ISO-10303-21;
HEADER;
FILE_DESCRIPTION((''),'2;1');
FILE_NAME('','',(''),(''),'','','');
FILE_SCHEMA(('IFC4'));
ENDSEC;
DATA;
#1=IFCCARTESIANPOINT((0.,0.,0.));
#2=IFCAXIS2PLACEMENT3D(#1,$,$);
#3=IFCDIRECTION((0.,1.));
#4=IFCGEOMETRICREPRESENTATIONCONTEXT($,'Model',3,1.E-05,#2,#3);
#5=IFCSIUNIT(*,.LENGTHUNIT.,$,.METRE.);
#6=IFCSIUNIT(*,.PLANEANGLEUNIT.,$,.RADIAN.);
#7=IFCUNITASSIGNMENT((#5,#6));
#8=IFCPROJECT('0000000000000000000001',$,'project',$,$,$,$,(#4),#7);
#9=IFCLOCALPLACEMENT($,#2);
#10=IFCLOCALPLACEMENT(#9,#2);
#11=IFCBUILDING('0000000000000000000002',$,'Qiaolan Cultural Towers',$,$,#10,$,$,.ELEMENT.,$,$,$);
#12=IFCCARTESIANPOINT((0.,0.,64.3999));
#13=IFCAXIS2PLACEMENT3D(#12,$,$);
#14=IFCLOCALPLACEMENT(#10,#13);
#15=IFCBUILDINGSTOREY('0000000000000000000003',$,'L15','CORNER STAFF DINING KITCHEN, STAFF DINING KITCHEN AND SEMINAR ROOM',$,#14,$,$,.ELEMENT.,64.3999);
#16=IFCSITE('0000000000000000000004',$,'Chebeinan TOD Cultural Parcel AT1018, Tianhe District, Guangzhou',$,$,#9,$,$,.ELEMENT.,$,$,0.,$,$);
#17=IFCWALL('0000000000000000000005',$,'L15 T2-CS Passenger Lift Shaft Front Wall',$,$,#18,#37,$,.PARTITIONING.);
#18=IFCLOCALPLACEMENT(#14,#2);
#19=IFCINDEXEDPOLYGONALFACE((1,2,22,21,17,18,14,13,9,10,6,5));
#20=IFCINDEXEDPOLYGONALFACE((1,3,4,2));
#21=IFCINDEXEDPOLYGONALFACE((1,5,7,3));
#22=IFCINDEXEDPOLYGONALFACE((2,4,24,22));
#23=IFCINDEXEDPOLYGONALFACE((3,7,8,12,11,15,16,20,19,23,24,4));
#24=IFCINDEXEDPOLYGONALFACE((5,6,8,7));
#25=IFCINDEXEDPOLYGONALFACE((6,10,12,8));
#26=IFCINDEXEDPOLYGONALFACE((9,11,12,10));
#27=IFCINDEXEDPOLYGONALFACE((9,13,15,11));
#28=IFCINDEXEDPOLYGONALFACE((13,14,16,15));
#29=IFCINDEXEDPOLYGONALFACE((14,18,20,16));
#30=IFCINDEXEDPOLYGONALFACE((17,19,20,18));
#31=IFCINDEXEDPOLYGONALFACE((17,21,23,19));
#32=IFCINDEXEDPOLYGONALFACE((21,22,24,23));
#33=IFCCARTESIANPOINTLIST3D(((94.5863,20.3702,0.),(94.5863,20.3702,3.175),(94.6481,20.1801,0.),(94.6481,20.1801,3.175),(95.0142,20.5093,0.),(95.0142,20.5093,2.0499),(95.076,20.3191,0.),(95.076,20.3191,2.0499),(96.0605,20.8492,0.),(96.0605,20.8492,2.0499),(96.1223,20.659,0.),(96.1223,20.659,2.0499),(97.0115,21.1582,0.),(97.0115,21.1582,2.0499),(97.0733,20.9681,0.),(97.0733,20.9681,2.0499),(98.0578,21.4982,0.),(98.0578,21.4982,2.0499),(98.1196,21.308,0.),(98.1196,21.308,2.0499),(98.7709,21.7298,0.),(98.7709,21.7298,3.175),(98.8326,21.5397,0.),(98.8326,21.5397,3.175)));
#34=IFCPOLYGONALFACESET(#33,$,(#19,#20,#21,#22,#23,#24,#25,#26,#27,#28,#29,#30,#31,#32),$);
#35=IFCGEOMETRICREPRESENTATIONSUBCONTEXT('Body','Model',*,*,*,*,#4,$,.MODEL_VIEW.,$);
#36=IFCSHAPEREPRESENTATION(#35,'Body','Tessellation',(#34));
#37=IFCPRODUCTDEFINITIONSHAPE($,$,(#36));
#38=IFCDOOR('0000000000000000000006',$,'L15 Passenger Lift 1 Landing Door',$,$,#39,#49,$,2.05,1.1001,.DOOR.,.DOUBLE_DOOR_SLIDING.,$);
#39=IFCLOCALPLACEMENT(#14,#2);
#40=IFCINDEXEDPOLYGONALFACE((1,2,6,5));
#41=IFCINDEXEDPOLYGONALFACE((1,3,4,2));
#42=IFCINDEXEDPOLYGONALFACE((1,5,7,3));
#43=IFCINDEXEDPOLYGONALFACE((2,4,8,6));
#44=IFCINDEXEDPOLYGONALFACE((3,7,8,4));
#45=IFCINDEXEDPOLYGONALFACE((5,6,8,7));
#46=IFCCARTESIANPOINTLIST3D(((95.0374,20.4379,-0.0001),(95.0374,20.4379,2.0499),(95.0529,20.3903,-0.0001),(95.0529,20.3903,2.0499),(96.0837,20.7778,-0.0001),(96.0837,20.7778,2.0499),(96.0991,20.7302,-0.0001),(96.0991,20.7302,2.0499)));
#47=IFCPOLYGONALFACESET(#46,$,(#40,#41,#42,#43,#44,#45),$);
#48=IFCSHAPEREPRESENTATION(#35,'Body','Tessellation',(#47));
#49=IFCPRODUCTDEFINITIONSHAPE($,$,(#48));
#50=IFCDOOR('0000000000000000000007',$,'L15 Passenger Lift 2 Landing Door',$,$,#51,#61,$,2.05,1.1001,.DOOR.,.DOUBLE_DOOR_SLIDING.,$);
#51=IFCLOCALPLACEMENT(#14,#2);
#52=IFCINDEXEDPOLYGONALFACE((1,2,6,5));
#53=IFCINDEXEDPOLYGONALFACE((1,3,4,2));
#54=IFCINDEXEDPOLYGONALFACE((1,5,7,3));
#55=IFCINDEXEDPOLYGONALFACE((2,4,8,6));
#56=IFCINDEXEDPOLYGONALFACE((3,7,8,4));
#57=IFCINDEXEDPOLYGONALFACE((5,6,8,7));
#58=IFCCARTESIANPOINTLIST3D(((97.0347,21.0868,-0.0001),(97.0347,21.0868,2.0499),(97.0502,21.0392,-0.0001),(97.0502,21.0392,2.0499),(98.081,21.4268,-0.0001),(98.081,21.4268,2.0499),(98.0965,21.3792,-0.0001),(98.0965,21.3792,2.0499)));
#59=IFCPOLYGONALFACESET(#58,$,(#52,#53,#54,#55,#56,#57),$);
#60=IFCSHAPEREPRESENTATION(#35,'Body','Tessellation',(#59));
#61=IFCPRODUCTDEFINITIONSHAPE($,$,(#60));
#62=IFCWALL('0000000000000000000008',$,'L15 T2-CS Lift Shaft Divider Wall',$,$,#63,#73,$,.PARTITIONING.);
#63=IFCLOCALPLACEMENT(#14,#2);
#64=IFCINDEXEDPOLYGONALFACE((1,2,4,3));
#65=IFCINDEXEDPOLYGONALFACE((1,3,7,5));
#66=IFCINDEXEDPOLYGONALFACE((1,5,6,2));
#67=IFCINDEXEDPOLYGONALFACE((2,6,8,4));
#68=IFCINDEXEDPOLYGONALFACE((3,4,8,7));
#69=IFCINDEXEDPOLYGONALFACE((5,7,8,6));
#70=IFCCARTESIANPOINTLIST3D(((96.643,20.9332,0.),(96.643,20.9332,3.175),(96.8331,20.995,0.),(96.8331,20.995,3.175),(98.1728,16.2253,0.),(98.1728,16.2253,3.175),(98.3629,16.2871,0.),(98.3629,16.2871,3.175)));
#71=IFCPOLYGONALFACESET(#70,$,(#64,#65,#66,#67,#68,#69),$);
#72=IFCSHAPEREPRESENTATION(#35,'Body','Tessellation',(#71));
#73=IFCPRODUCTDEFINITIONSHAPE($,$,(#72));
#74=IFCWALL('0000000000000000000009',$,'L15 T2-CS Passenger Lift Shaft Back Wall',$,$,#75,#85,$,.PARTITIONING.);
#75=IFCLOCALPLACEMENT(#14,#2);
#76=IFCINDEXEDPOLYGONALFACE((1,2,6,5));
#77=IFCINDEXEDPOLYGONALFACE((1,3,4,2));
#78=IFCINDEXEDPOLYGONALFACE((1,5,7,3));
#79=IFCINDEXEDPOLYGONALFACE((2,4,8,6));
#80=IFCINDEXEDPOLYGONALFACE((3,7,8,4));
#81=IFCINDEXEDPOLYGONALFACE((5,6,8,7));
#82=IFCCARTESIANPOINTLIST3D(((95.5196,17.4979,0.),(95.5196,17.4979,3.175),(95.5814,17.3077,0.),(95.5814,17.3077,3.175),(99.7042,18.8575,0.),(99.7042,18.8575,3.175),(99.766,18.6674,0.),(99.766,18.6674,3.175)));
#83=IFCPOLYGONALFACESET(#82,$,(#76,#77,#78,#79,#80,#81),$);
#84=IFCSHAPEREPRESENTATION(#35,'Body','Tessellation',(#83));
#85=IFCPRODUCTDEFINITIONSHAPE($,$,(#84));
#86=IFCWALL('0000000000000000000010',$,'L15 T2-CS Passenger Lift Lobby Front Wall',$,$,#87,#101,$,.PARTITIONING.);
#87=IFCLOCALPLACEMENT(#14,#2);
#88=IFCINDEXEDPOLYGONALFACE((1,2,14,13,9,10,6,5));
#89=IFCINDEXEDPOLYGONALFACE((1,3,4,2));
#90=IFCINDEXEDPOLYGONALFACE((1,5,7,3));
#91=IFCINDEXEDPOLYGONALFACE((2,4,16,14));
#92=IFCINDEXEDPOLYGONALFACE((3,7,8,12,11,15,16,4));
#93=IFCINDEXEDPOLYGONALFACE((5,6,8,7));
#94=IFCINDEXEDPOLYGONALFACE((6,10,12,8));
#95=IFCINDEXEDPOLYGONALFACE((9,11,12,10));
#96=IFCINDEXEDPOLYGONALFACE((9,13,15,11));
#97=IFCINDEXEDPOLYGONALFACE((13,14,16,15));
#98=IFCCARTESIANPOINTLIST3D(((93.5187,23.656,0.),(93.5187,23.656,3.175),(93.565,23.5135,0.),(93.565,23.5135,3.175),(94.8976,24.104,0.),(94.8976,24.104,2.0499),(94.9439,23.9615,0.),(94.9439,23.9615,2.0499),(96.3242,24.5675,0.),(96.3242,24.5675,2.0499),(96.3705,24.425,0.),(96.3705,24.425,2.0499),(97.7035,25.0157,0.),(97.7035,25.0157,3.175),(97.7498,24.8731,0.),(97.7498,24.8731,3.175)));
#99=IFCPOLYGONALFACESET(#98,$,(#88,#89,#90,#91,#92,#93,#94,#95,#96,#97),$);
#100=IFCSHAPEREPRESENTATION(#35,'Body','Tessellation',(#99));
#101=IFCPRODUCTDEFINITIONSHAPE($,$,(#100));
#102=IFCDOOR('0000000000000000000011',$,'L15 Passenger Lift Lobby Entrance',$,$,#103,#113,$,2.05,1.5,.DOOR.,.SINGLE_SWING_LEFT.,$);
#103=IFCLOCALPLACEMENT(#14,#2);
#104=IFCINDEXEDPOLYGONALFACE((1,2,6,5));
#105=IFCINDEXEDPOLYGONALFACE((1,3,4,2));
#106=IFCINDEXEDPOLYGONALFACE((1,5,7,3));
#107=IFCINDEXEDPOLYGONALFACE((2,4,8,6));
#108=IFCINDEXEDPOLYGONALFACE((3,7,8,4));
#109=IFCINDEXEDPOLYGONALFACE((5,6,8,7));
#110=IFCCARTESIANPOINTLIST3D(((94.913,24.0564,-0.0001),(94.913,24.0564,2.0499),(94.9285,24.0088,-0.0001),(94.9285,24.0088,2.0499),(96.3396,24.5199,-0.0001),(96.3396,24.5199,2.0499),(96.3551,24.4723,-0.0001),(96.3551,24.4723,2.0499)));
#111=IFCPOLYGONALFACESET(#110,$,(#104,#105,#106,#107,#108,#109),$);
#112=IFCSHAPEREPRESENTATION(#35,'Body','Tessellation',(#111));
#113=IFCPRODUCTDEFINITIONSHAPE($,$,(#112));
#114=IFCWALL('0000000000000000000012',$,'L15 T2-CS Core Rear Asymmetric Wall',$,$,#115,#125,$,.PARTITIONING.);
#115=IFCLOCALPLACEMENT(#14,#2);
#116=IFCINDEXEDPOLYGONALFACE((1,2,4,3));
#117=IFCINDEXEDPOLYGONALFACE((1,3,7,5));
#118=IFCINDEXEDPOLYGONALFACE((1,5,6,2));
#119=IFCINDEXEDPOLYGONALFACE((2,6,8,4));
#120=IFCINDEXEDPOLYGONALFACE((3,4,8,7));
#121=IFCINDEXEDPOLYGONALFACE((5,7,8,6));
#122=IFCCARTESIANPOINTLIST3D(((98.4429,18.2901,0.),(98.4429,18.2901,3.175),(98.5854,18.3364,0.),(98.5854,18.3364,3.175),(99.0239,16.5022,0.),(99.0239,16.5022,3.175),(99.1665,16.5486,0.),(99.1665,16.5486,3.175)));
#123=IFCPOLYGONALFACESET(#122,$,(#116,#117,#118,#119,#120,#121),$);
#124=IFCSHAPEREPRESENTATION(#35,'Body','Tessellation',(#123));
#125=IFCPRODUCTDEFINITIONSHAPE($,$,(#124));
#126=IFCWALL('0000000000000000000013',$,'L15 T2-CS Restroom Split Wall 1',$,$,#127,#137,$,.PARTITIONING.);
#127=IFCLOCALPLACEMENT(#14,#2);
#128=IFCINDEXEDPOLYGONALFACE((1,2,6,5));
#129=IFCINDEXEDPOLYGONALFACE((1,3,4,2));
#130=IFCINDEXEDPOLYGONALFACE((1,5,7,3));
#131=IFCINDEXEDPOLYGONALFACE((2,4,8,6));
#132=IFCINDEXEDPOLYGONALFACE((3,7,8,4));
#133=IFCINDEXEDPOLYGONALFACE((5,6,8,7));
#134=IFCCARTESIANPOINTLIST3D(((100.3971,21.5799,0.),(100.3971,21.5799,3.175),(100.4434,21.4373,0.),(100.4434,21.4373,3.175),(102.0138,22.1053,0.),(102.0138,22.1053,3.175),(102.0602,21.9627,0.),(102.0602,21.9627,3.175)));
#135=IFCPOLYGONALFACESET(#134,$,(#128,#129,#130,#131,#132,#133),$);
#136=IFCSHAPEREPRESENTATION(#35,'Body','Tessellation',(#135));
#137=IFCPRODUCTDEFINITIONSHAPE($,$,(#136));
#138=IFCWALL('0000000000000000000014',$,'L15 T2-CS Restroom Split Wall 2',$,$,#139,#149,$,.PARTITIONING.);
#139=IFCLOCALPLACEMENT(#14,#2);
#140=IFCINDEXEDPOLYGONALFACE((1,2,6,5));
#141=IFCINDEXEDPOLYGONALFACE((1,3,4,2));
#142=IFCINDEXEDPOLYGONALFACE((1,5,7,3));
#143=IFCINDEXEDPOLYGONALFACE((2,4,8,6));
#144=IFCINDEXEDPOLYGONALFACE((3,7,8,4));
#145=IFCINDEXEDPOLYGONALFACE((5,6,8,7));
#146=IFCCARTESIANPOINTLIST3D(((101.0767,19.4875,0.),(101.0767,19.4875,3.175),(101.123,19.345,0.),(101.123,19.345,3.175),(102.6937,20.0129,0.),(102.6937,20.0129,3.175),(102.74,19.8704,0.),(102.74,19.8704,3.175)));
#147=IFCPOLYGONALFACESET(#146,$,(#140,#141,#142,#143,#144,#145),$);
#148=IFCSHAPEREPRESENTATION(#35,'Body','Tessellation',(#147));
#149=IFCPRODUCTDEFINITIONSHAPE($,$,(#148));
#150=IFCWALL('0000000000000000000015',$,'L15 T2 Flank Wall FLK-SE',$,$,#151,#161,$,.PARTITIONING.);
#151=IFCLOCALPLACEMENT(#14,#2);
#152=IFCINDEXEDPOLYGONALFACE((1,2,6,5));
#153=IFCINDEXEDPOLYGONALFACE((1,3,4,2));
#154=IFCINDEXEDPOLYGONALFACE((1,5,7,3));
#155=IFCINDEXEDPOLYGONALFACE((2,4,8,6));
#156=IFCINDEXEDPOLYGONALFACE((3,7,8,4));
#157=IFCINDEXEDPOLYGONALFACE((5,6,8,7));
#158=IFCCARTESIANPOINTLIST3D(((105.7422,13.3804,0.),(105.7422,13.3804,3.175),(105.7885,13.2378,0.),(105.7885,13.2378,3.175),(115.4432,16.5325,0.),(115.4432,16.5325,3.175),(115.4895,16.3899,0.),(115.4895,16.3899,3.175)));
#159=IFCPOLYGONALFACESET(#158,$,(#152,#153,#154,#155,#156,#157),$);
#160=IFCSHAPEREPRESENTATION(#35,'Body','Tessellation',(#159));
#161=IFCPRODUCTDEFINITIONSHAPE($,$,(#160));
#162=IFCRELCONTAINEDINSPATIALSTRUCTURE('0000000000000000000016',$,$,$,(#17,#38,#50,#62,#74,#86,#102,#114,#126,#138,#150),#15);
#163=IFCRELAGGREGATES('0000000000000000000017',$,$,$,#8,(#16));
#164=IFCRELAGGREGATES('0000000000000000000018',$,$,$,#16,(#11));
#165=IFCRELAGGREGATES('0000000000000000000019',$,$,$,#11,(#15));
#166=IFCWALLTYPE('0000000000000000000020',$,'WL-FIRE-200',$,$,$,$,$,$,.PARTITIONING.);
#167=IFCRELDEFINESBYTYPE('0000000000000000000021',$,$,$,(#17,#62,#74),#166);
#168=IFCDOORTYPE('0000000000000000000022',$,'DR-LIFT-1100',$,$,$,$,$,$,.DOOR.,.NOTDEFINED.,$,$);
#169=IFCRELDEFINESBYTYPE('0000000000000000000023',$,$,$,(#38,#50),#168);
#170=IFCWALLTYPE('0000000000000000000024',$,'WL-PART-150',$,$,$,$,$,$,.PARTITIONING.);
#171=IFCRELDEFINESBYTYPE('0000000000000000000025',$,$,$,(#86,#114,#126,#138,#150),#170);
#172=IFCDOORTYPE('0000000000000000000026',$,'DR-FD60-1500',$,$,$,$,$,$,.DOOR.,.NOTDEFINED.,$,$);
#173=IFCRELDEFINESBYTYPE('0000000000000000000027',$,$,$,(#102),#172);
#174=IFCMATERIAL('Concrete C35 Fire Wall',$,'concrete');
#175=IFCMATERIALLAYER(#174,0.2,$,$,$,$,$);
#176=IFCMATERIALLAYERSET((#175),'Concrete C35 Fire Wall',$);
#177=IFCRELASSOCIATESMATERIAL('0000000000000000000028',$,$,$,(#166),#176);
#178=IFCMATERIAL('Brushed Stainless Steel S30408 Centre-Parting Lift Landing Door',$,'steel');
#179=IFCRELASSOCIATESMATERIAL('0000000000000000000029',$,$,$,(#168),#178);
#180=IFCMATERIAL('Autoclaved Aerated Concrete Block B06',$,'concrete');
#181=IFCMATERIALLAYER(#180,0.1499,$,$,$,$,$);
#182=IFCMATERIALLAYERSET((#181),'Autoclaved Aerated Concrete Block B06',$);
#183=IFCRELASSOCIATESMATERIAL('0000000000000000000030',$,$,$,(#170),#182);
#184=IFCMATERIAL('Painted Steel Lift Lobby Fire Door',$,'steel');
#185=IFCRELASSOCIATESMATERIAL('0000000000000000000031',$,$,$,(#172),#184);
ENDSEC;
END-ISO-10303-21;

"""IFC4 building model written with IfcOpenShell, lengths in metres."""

from ifc_helpers import new_model, si_unit, direction, frame, frame_2d, origin, place, context, subcontext, project, spatial, rectangle, extrude, material, layer, layer_set, type_object, element, fill, save


model = new_model("IFC4")

# Units and contexts
model_context = context("Model", 3, precision=1e-05, world=origin(), true_north=direction((0.0, 1.0)))
body_context = subcontext(model_context, "Body", "Model", "MODEL_VIEW")
ifc_project = project(units=[si_unit("LENGTHUNIT", "METRE"), si_unit("PLANEANGLEUNIT", "RADIAN")], contexts=[model_context])

# Site, building, storey
site_placement = place(None, origin())
site = spatial("IfcSite", under=ifc_project, at=site_placement, Name="Chebeinan TOD Cultural Parcel AT1018, Tianhe District, Guangzhou", CompositionType="ELEMENT", RefElevation=0.0)
building_placement = place(site_placement, origin())
building = spatial("IfcBuilding", under=site, at=building_placement, Name="Qiaolan Cultural Towers", CompositionType="ELEMENT")
storey_placement = place(building_placement, frame((0.0, 0.0, 64.3999)))
storey = spatial("IfcBuildingStorey", under=building, at=storey_placement, Name="L15", Description="CORNER STAFF DINING KITCHEN, STAFF DINING KITCHEN AND SEMINAR ROOM", CompositionType="ELEMENT", Elevation=64.3999)

# Shared definitions
ifc_material_1 = material(Name="Concrete C35 Fire Wall", Category="concrete")
ifc_layer_1 = layer(ifc_material_1, 0.2)
ifc_layer_set_1 = layer_set([ifc_layer_1], Name="Concrete C35 Fire Wall")
wall_type_1 = type_object("IfcWallType", Name="WL-FIRE-200", PredefinedType="PARTITIONING", material=ifc_layer_set_1)

# Wall, openings, doors
wall_1_placement = place(storey_placement, frame((94.6172, 20.2751, 0.0), z_axis=(0.0, 0.0, 1.0), x_axis=(0.951059, 0.309011, 0.0)))
wall_1 = element("IfcWall", 1, at=wall_1_placement, inside=storey, type_object=wall_type_1, Name="L15 T2-CS Passenger Lift Shaft Front Wall", PredefinedType="PARTITIONING", context=body_context, shape_type="SweptSolid", body=[
    extrude(rectangle(XDim=4.3999, YDim=0.2, at=frame_2d((2.2, 0.0))), origin(), (0.0, 0.0, 1.0), 3.175),
])
opening_1_placement = place(wall_1_placement, frame((0.45, 0.0, 0.0)))
opening_1 = element("IfcOpeningElement", 2, at=opening_1_placement, cuts=wall_1, PredefinedType="OPENING", context=body_context, shape_type="SweptSolid", body=[
    extrude(rectangle(XDim=1.1001, YDim=2.05, at=frame_2d((0.55, 1.0249))), frame((0.0, 0.1099, 0.0), z_axis=(0.0, -1.0, 0.0), x_axis=(1.0, 0.0, 0.0)), (0.0, 0.0, 1.0), 0.22),
])
opening_2_placement = place(wall_1_placement, frame((2.55, 0.0, 0.0)))
opening_2 = element("IfcOpeningElement", 3, at=opening_2_placement, cuts=wall_1, PredefinedType="OPENING", context=body_context, shape_type="SweptSolid", body=[
    extrude(rectangle(XDim=1.1001, YDim=2.05, at=frame_2d((0.55, 1.0249))), frame((0.0, 0.1099, 0.0), z_axis=(0.0, -1.0, 0.0), x_axis=(1.0, 0.0, 0.0)), (0.0, 0.0, 1.0), 0.22),
])
ifc_material_2 = material(Name="Brushed Stainless Steel S30408 Centre-Parting Lift Landing Door", Category="steel")
door_type_1 = type_object("IfcDoorType", Name="DR-LIFT-1100", OperationType="NOTDEFINED", PredefinedType="DOOR", material=ifc_material_2)
door_1_placement = place(opening_1_placement, origin())
door_1 = element("IfcDoor", 4, at=door_1_placement, inside=storey, type_object=door_type_1, Name="L15 Passenger Lift 1 Landing Door", OperationType="DOUBLE_DOOR_SLIDING", OverallHeight=2.05, OverallWidth=1.1001, PredefinedType="DOOR", context=body_context, shape_type="SweptSolid", body=[
    extrude(rectangle(XDim=1.1001, YDim=2.05, at=frame_2d((0.55, 1.0249))), frame((0.0, 0.0249, 0.0), z_axis=(0.0, -1.0, 0.0), x_axis=(1.0, 0.0, 0.0)), (0.0, 0.0, 1.0), 0.05),
])
fill(opening_1, door_1)
door_2_placement = place(opening_2_placement, origin())
door_2 = element("IfcDoor", 5, at=door_2_placement, inside=storey, type_object=door_type_1, Name="L15 Passenger Lift 2 Landing Door", OperationType="DOUBLE_DOOR_SLIDING", OverallHeight=2.05, OverallWidth=1.1001, PredefinedType="DOOR", context=body_context, shape_type="SweptSolid", body=[
    extrude(rectangle(XDim=1.1001, YDim=2.05, at=frame_2d((0.55, 1.0249))), frame((0.0, 0.0249, 0.0), z_axis=(0.0, -1.0, 0.0), x_axis=(1.0, 0.0, 0.0)), (0.0, 0.0, 1.0), 0.05),
])
fill(opening_2, door_2)

# Walls
wall_2_placement = place(storey_placement, frame((96.738, 20.9641, 0.0), z_axis=(0.0, 0.0, 1.0), x_axis=(0.309043, -0.951048, 0.0)))
element("IfcWall", 6, at=wall_2_placement, inside=storey, type_object=wall_type_1, Name="L15 T2-CS Lift Shaft Divider Wall", PredefinedType="PARTITIONING", context=body_context, shape_type="SweptSolid", body=[
    extrude(rectangle(XDim=4.9502, YDim=0.2, at=frame_2d((2.4751, 0.0))), origin(), (0.0, 0.0, 1.0), 3.175),
])
wall_3_placement = place(storey_placement, frame((95.5505, 17.4028, 0.0), z_axis=(0.0, 0.0, 1.0), x_axis=(0.951059, 0.309011, 0.0)))
element("IfcWall", 7, at=wall_3_placement, inside=storey, type_object=wall_type_1, Name="L15 T2-CS Passenger Lift Shaft Back Wall", PredefinedType="PARTITIONING", context=body_context, shape_type="SweptSolid", body=[
    extrude(rectangle(XDim=4.3999, YDim=0.2, at=frame_2d((2.2, 0.0))), origin(), (0.0, 0.0, 1.0), 3.175),
])

# Wall, opening, door
ifc_material_3 = material(Name="Autoclaved Aerated Concrete Block B06", Category="concrete")
ifc_layer_2 = layer(ifc_material_3, 0.1499)
ifc_layer_set_2 = layer_set([ifc_layer_2], Name="Autoclaved Aerated Concrete Block B06")
wall_type_2 = type_object("IfcWallType", Name="WL-PART-150", PredefinedType="PARTITIONING", material=ifc_layer_set_2)
wall_4_placement = place(storey_placement, frame((93.5417, 23.5847, 0.0), z_axis=(0.0, 0.0, 1.0), x_axis=(0.951064, 0.308994, 0.0)))
wall_4 = element("IfcWall", 8, at=wall_4_placement, inside=storey, type_object=wall_type_2, Name="L15 T2-CS Passenger Lift Lobby Front Wall", PredefinedType="PARTITIONING", context=body_context, shape_type="SweptSolid", body=[
    extrude(rectangle(XDim=4.4001, YDim=0.1499, at=frame_2d((2.2002, 0.0))), origin(), (0.0, 0.0, 1.0), 3.175),
])
opening_3_placement = place(wall_4_placement, frame((1.45, 0.0, 0.0)))
opening_3 = element("IfcOpeningElement", 9, at=opening_3_placement, cuts=wall_4, PredefinedType="OPENING", context=body_context, shape_type="SweptSolid", body=[
    extrude(rectangle(XDim=1.5, YDim=2.05, at=frame_2d((0.75, 1.0249))), frame((0.0, 0.085, 0.0), z_axis=(0.0, -1.0, 0.0), x_axis=(1.0, 0.0, 0.0)), (0.0, 0.0, 1.0), 0.1699),
])
ifc_material_4 = material(Name="Painted Steel Lift Lobby Fire Door", Category="steel")
door_type_2 = type_object("IfcDoorType", Name="DR-FD60-1500", OperationType="NOTDEFINED", PredefinedType="DOOR", material=ifc_material_4)
door_3_placement = place(opening_3_placement, origin())
door_3 = element("IfcDoor", 10, at=door_3_placement, inside=storey, type_object=door_type_2, Name="L15 Passenger Lift Lobby Entrance", OperationType="SINGLE_SWING_LEFT", OverallHeight=2.05, OverallWidth=1.5, PredefinedType="DOOR", context=body_context, shape_type="SweptSolid", body=[
    extrude(rectangle(XDim=1.5, YDim=2.05, at=frame_2d((0.75, 1.0249))), frame((0.0, 0.0249, 0.0), z_axis=(0.0, -1.0, 0.0), x_axis=(1.0, 0.0, 0.0)), (0.0, 0.0, 1.0), 0.05),
])
fill(opening_3, door_3)

# Walls
wall_5_placement = place(storey_placement, frame((98.5142, 18.3132, 0.0), z_axis=(0.0, 0.0, 1.0), x_axis=(0.309089, -0.951033, 0.0)))
element("IfcWall", 11, at=wall_5_placement, inside=storey, type_object=wall_type_2, Name="L15 T2-CS Core Rear Asymmetric Wall", PredefinedType="PARTITIONING", context=body_context, shape_type="SweptSolid", body=[
    extrude(rectangle(XDim=1.8799, YDim=0.1499, at=frame_2d((0.9399, 0.0))), origin(), (0.0, 0.0, 1.0), 3.175),
])
wall_6_placement = place(storey_placement, frame((100.4202, 21.5085, 0.0), z_axis=(0.0, 0.0, 1.0), x_axis=(0.95104, 0.309067, 0.0)))
element("IfcWall", 12, at=wall_6_placement, inside=storey, type_object=wall_type_2, Name="L15 T2-CS Restroom Split Wall 1", PredefinedType="PARTITIONING", context=body_context, shape_type="SweptSolid", body=[
    extrude(rectangle(XDim=1.7, YDim=0.1499, at=frame_2d((0.8501, 0.0))), origin(), (0.0, 0.0, 1.0), 3.175),
])
wall_7_placement = place(storey_placement, frame((101.0999, 19.4163, 0.0), z_axis=(0.0, 0.0, 1.0), x_axis=(0.951054, 0.309024, 0.0)))
element("IfcWall", 13, at=wall_7_placement, inside=storey, type_object=wall_type_2, Name="L15 T2-CS Restroom Split Wall 2", PredefinedType="PARTITIONING", context=body_context, shape_type="SweptSolid", body=[
    extrude(rectangle(XDim=1.7002, YDim=0.1499, at=frame_2d((0.8501, 0.0))), origin(), (0.0, 0.0, 1.0), 3.175),
])
wall_8_placement = place(storey_placement, frame((105.7654, 13.3091, 0.0), z_axis=(0.0, 0.0, 1.0), x_axis=(0.951054, 0.309024, 0.0)))
element("IfcWall", 14, at=wall_8_placement, inside=storey, type_object=wall_type_2, Name="L15 T2 Flank Wall FLK-SE", PredefinedType="PARTITIONING", context=body_context, shape_type="SweptSolid", body=[
    extrude(rectangle(XDim=10.2002, YDim=0.1499, at=frame_2d((5.1001, 0.0))), origin(), (0.0, 0.0, 1.0), 3.175),
])

save(model, "model.ifc")
